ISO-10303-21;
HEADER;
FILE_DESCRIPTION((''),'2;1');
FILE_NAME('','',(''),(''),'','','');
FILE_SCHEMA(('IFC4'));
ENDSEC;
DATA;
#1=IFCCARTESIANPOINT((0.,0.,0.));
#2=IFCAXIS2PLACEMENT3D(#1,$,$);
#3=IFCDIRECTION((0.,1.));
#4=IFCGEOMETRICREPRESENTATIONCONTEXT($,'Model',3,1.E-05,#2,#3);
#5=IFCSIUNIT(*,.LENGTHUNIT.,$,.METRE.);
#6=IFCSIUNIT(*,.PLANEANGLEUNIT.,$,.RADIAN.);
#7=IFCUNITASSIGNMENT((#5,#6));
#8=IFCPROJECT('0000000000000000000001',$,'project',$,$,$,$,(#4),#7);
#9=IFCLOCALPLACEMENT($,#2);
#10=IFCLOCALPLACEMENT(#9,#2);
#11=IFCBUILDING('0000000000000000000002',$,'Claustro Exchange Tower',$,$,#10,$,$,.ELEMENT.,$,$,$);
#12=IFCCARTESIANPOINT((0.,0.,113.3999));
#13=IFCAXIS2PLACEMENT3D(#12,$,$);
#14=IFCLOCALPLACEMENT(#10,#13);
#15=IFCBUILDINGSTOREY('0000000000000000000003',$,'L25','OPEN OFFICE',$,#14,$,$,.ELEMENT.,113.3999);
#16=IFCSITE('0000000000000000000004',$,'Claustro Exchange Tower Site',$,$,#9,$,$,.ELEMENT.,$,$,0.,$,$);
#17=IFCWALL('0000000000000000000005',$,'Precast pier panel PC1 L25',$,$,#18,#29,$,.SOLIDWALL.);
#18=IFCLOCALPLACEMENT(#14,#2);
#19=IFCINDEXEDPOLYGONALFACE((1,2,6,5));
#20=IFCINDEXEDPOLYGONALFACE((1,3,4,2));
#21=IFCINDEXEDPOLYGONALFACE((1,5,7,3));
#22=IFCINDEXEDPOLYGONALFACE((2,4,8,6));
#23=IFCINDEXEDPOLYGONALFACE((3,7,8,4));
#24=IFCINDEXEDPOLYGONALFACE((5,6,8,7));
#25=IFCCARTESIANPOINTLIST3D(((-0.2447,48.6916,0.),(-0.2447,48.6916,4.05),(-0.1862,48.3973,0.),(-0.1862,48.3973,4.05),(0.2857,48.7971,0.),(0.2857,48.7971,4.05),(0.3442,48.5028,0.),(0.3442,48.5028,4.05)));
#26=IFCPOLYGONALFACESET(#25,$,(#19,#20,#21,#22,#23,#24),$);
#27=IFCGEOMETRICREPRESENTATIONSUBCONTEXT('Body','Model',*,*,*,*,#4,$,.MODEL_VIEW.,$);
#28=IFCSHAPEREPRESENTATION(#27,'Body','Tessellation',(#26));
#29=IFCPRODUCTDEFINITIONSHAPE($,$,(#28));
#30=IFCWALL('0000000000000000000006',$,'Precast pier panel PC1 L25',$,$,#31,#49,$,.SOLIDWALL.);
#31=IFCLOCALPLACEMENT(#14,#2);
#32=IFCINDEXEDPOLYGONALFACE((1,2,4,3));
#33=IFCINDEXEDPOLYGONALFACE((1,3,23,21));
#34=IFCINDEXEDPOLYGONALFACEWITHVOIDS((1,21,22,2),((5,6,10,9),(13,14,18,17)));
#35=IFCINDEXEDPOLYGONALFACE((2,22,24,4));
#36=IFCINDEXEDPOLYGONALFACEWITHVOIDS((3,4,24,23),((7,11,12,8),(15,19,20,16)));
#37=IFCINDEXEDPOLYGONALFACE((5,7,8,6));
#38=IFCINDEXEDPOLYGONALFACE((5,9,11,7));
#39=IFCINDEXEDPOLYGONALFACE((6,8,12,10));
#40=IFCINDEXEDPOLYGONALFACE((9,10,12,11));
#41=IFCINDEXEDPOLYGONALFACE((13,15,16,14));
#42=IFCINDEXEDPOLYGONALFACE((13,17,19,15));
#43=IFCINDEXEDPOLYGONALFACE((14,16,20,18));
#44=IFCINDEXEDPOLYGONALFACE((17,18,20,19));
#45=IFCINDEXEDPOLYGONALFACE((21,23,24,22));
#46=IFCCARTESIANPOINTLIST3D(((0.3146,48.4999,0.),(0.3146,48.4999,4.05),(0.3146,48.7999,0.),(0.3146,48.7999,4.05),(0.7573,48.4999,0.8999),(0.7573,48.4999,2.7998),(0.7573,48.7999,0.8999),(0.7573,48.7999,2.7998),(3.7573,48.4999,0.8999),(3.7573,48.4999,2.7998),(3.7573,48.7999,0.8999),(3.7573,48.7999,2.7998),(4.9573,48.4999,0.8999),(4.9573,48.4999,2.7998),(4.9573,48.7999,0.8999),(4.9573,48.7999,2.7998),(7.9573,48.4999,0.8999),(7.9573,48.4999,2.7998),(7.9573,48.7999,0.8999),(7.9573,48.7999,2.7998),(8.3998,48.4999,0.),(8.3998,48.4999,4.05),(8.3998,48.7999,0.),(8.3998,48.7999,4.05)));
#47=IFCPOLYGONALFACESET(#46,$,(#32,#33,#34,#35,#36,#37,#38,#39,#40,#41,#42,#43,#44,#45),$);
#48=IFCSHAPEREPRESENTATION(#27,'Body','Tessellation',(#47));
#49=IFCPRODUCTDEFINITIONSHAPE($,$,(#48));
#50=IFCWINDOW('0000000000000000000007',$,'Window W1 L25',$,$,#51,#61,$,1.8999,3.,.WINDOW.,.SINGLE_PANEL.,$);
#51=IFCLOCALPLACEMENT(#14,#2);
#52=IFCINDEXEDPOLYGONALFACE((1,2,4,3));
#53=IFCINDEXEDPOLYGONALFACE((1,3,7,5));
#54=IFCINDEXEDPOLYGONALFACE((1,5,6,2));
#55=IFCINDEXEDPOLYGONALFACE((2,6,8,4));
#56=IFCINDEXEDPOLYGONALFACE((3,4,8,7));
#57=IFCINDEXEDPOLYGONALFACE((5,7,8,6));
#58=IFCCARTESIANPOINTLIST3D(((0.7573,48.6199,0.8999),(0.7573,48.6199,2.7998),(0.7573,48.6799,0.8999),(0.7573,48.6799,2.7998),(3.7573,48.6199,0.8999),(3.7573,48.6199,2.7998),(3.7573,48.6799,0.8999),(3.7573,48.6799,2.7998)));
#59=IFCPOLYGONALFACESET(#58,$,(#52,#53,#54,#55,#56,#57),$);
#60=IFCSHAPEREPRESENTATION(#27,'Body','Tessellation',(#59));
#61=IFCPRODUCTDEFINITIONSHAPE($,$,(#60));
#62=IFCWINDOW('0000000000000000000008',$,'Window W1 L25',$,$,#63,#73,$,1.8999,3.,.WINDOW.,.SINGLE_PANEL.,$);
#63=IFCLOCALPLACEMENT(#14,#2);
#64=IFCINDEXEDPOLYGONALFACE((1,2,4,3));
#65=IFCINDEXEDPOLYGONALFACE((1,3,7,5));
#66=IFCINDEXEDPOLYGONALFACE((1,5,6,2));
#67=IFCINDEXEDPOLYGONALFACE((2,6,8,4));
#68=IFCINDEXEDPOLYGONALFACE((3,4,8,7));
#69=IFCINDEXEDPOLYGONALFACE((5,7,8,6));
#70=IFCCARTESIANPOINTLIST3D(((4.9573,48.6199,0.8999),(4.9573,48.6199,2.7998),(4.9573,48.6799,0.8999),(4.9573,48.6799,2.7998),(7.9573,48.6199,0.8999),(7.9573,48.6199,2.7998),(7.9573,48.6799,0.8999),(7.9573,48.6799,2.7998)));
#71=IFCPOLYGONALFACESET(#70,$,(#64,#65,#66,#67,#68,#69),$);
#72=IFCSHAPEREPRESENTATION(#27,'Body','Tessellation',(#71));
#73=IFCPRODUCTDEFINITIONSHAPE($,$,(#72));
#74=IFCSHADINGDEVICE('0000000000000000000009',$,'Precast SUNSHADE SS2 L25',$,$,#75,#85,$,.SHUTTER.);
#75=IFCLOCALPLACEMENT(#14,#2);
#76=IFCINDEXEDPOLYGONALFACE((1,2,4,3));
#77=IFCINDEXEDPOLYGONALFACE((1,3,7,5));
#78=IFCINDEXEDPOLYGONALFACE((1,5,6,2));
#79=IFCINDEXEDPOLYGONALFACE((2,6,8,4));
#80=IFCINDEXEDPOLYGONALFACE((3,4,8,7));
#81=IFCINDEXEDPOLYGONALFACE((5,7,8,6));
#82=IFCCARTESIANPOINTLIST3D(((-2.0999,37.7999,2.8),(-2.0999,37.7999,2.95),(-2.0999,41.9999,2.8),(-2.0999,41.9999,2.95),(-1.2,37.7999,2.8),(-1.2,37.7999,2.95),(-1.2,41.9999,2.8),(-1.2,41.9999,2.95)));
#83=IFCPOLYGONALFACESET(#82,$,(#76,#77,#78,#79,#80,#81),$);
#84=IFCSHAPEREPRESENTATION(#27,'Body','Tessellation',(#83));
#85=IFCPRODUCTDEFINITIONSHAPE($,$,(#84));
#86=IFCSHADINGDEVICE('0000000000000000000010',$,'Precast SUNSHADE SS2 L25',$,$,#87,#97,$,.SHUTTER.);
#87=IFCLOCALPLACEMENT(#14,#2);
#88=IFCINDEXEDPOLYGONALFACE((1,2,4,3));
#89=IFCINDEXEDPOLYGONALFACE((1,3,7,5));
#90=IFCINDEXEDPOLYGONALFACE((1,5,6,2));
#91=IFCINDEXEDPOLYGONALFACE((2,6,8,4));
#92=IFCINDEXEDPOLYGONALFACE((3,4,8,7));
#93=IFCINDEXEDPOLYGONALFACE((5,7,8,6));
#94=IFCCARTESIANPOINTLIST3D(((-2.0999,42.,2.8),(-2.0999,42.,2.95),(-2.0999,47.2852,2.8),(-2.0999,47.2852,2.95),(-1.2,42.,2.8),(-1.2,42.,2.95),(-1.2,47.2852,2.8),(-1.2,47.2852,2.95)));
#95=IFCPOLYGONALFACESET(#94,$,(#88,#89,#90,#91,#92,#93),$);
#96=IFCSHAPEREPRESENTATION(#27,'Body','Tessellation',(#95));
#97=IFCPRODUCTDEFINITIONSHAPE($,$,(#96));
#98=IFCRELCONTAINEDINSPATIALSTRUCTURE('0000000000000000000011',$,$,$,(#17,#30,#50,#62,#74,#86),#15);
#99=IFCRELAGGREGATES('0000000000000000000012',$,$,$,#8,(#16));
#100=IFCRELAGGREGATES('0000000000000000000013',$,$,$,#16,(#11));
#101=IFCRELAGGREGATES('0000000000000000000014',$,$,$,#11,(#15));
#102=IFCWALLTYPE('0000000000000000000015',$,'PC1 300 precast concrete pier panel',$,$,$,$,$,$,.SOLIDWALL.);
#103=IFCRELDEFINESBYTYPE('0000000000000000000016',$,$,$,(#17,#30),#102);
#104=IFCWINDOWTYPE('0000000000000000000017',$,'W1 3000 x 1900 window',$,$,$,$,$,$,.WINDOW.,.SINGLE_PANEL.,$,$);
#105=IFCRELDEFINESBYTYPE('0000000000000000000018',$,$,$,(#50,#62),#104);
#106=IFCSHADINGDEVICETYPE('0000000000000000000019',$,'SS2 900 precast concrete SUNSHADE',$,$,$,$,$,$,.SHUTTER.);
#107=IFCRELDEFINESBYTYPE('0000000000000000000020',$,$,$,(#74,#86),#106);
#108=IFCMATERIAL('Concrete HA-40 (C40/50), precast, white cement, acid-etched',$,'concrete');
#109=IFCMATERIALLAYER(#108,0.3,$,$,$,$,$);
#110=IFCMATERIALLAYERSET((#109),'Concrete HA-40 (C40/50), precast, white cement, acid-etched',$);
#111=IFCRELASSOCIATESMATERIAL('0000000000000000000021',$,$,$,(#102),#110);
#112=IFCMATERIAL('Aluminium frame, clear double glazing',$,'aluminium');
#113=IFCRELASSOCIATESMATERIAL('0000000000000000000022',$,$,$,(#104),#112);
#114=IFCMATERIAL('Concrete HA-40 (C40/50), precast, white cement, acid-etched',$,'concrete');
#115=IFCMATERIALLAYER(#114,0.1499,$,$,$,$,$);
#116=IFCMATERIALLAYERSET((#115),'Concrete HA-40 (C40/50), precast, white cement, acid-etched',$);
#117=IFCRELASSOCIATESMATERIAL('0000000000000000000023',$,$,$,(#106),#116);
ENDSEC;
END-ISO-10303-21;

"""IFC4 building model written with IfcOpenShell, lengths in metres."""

from ifc_helpers import new_model, si_unit, direction, frame, frame_2d, origin, origin_2d, place, context, subcontext, project, spatial, rectangle, extrude, material, layer, layer_set, type_object, element, fill, save


model = new_model("IFC4")

# Units and contexts
model_context = context("Model", 3, precision=1e-05, world=origin(), true_north=direction((0.0, 1.0)))
body_context = subcontext(model_context, "Body", "Model", "MODEL_VIEW")
ifc_project = project(units=[si_unit("LENGTHUNIT", "METRE"), si_unit("PLANEANGLEUNIT", "RADIAN")], contexts=[model_context])

# Site, building, storey
site_placement = place(None, origin())
site = spatial("IfcSite", under=ifc_project, at=site_placement, Name="Claustro Exchange Tower Site", CompositionType="ELEMENT", RefElevation=0.0)
building_placement = place(site_placement, origin())
building = spatial("IfcBuilding", under=site, at=building_placement, Name="Claustro Exchange Tower", CompositionType="ELEMENT")
storey_placement = place(building_placement, frame((0.0, 0.0, 113.3999)))
storey = spatial("IfcBuildingStorey", under=building, at=storey_placement, Name="L25", Description="OPEN OFFICE", CompositionType="ELEMENT", Elevation=113.3999)

# Shared definitions
ifc_material_1 = material(Name="Concrete HA-40 (C40/50), precast, white cement, acid-etched", Category="concrete")
ifc_layer_1 = layer(ifc_material_1, 0.3)
ifc_layer_set_1 = layer_set([ifc_layer_1], Name="Concrete HA-40 (C40/50), precast, white cement, acid-etched")
wall_type_1 = type_object("IfcWallType", Name="PC1 300 precast concrete pier panel", PredefinedType="SOLIDWALL", material=ifc_layer_set_1)

# Wall
wall_1_placement = place(storey_placement, frame((-0.2156, 48.5444, 0.0), z_axis=(0.0, 0.0, 1.0), x_axis=(0.980789, 0.195074, 0.0)))
element("IfcWall", 1, at=wall_1_placement, inside=storey, type_object=wall_type_1, Name="Precast pier panel PC1 L25", PredefinedType="SOLIDWALL", context=body_context, shape_type="SweptSolid", body=[
    extrude(rectangle(XDim=0.5408, YDim=0.3, at=frame_2d((0.2705, 0.0))), origin(), (0.0, 0.0, 1.0), 4.05),
])

# Wall, openings, windows
wall_2_placement = place(storey_placement, frame((0.3147, 48.6499, 0.0), z_axis=(0.0, 0.0, 1.0), x_axis=(1.0, 0.0, 0.0)))
wall_2 = element("IfcWall", 2, at=wall_2_placement, inside=storey, type_object=wall_type_1, Name="Precast pier panel PC1 L25", PredefinedType="SOLIDWALL", context=body_context, shape_type="SweptSolid", body=[
    extrude(rectangle(XDim=8.0852, YDim=0.3, at=frame_2d((4.0425, 0.0))), origin(), (0.0, 0.0, 1.0), 4.05),
])
opening_1_placement = place(wall_2_placement, frame((0.4426, 0.0, 0.8999)))
opening_1 = element("IfcOpeningElement", 3, at=opening_1_placement, cuts=wall_2, PredefinedType="OPENING", context=body_context, shape_type="SweptSolid", body=[
    extrude(rectangle(XDim=3.0, YDim=1.8999, at=frame_2d((1.5, 0.95))), frame((0.0, 0.1599, 0.0), z_axis=(0.0, -1.0, 0.0), x_axis=(1.0, 0.0, 0.0)), (0.0, 0.0, 1.0), 0.3201),
])
opening_2_placement = place(wall_2_placement, frame((4.6426, 0.0, 0.8999)))
opening_2 = element("IfcOpeningElement", 4, at=opening_2_placement, cuts=wall_2, PredefinedType="OPENING", context=body_context, shape_type="SweptSolid", body=[
    extrude(rectangle(XDim=3.0, YDim=1.8999, at=frame_2d((1.5, 0.95))), frame((0.0, 0.1599, 0.0), z_axis=(0.0, -1.0, 0.0), x_axis=(1.0, 0.0, 0.0)), (0.0, 0.0, 1.0), 0.3201),
])
ifc_material_2 = material(Name="Aluminium frame, clear double glazing", Category="aluminium")
window_type_1 = type_object("IfcWindowType", Name="W1 3000 x 1900 window", PartitioningType="SINGLE_PANEL", PredefinedType="WINDOW", material=ifc_material_2)
window_1_placement = place(opening_1_placement, origin())
window_1 = element("IfcWindow", 5, at=window_1_placement, inside=storey, type_object=window_type_1, Name="Window W1 L25", OverallHeight=1.8999, OverallWidth=3.0, PartitioningType="SINGLE_PANEL", PredefinedType="WINDOW", context=body_context, shape_type="SweptSolid", body=[
    extrude(rectangle(XDim=3.0, YDim=1.8999, at=frame_2d((1.5, 0.95))), frame((0.0, 0.03, 0.0), z_axis=(0.0, -1.0, 0.0), x_axis=(1.0, 0.0, 0.0)), (0.0, 0.0, 1.0), 0.0601),
])
fill(opening_1, window_1)
window_2_placement = place(opening_2_placement, origin())
window_2 = element("IfcWindow", 6, at=window_2_placement, inside=storey, type_object=window_type_1, Name="Window W1 L25", OverallHeight=1.8999, OverallWidth=3.0, PartitioningType="SINGLE_PANEL", PredefinedType="WINDOW", context=body_context, shape_type="SweptSolid", body=[
    extrude(rectangle(XDim=3.0, YDim=1.8999, at=frame_2d((1.5, 0.95))), frame((0.0, 0.03, 0.0), z_axis=(0.0, -1.0, 0.0), x_axis=(1.0, 0.0, 0.0)), (0.0, 0.0, 1.0), 0.0601),
])
fill(opening_2, window_2)

# Shading devices
ifc_material_3 = material(Name="Concrete HA-40 (C40/50), precast, white cement, acid-etched", Category="concrete")
ifc_layer_2 = layer(ifc_material_3, 0.1499)
ifc_layer_set_2 = layer_set([ifc_layer_2], Name="Concrete HA-40 (C40/50), precast, white cement, acid-etched")
shading_device_type = type_object("IfcShadingDeviceType", Name="SS2 900 precast concrete SUNSHADE", PredefinedType="SHUTTER", material=ifc_layer_set_2)
shading_device_1_placement = place(storey_placement, frame((-1.6499, 39.8999, 2.8), z_axis=(0.0, 0.0, 1.0), x_axis=(0.0, 1.0, 0.0)))
element("IfcShadingDevice", 7, at=shading_device_1_placement, inside=storey, type_object=shading_device_type, Name="Precast SUNSHADE SS2 L25", PredefinedType="SHUTTER", context=body_context, shape_type="SweptSolid", body=[
    extrude(rectangle(XDim=4.2, YDim=0.8999, at=origin_2d()), origin(), (0.0, 0.0, 1.0), 0.1499),
])
shading_device_2_placement = place(storey_placement, frame((-1.6499, 44.6426, 2.8), z_axis=(0.0, 0.0, 1.0), x_axis=(0.0, 1.0, 0.0)))
element("IfcShadingDevice", 8, at=shading_device_2_placement, inside=storey, type_object=shading_device_type, Name="Precast SUNSHADE SS2 L25", PredefinedType="SHUTTER", context=body_context, shape_type="SweptSolid", body=[
    extrude(rectangle(XDim=5.2852, YDim=0.8999, at=origin_2d()), origin(), (0.0, 0.0, 1.0), 0.1499),
])

save(model, "model.ifc")
